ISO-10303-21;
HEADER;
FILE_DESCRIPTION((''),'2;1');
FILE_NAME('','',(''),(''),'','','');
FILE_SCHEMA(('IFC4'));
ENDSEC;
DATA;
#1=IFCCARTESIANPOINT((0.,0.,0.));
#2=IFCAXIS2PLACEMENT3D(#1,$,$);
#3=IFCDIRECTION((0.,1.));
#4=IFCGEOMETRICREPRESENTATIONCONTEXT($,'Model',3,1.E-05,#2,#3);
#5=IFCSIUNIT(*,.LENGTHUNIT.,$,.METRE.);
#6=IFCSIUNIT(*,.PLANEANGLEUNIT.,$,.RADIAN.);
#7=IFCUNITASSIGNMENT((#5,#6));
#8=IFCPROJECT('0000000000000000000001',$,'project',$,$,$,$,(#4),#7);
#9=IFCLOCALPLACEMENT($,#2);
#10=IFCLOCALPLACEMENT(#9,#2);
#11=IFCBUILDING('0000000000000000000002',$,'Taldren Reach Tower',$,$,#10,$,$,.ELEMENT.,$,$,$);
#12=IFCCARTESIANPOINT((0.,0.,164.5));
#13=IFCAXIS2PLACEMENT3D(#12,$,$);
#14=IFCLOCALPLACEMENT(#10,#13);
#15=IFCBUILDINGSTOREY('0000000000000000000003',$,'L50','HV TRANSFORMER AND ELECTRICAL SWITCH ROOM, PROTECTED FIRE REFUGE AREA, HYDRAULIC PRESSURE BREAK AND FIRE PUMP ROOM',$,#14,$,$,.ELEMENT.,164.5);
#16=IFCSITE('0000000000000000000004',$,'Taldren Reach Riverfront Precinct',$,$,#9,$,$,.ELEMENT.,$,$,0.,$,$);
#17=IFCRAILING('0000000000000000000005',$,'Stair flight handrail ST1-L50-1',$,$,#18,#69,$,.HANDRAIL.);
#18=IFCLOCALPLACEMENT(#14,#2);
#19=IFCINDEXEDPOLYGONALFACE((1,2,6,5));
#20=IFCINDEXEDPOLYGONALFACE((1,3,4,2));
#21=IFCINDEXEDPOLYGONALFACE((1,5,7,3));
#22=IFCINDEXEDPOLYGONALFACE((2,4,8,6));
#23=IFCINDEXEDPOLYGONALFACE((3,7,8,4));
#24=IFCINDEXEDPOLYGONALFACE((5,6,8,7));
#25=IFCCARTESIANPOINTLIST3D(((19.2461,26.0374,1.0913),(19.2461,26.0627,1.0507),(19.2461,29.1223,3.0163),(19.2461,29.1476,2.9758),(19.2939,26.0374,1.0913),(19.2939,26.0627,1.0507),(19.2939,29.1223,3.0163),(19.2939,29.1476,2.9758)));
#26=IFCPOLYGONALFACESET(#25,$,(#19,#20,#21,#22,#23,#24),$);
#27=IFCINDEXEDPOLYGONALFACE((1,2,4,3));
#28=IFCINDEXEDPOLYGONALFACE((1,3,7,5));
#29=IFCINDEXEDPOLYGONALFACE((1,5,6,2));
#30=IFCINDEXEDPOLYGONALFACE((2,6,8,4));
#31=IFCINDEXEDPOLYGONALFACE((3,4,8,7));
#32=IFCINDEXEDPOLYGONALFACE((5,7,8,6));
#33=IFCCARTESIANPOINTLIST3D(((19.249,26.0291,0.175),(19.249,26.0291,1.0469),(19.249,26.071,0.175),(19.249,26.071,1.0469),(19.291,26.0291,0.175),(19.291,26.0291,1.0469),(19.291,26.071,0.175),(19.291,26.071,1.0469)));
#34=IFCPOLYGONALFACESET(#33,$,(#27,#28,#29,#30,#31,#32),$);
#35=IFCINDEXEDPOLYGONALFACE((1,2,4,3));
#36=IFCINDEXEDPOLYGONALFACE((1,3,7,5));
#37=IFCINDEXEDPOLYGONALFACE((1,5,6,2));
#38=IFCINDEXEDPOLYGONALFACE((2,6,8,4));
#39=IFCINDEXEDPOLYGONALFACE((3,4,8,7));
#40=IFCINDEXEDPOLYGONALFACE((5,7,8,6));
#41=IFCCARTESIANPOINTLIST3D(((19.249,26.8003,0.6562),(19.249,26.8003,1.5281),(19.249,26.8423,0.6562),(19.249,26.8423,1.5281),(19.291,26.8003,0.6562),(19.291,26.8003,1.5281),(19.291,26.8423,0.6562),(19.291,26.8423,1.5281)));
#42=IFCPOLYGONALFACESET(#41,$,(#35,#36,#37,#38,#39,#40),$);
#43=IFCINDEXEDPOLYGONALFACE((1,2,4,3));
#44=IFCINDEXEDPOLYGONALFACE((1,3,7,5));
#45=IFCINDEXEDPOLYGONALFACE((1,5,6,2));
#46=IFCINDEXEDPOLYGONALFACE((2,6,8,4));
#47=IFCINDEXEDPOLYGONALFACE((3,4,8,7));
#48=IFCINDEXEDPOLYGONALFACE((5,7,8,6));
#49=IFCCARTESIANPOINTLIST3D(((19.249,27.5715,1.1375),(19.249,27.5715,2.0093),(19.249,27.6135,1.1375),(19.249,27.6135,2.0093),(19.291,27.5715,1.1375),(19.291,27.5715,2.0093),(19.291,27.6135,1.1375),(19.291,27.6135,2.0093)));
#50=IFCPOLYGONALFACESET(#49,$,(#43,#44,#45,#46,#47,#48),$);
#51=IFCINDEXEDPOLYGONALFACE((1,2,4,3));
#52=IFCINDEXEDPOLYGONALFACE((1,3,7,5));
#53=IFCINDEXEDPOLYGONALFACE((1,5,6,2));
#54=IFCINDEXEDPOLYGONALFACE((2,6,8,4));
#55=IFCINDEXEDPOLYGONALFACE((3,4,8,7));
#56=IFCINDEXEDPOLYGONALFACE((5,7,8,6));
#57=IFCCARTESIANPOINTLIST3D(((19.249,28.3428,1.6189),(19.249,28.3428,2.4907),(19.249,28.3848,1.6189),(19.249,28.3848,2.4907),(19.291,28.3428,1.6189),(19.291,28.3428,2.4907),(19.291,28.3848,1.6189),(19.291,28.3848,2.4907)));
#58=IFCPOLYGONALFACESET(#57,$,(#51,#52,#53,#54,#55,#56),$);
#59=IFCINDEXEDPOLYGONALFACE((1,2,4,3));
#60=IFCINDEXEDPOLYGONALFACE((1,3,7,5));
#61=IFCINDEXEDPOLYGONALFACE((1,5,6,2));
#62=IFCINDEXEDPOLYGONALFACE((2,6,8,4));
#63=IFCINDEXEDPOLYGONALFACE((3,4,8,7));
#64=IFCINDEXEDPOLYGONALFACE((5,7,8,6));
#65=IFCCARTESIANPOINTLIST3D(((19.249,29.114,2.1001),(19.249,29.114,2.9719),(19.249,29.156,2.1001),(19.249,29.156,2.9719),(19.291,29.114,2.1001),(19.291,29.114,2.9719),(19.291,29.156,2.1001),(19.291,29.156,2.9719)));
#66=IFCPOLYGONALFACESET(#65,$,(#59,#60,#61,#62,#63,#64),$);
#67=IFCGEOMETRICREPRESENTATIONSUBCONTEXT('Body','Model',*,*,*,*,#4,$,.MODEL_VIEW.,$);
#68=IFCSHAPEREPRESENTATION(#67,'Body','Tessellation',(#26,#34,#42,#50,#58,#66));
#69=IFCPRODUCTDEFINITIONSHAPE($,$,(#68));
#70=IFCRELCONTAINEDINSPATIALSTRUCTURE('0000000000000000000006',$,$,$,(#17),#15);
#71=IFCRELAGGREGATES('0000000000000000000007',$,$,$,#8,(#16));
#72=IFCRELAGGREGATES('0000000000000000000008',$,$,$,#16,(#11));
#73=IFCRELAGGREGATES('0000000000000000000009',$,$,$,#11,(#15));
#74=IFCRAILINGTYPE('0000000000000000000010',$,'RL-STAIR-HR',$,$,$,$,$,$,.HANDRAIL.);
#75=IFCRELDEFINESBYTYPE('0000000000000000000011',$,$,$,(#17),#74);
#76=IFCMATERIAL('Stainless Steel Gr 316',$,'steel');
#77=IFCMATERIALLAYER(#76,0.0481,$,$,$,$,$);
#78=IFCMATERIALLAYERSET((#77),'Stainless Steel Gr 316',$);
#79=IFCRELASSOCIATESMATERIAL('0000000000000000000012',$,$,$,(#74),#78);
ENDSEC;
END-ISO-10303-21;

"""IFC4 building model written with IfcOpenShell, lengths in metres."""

from ifc_helpers import new_model, si_unit, direction, frame, origin, origin_2d, place, context, subcontext, project, spatial, rectangle, extrude, material, layer, layer_set, type_object, element, save


model = new_model("IFC4")

# Units and contexts
model_context = context("Model", 3, precision=1e-05, world=origin(), true_north=direction((0.0, 1.0)))
body_context = subcontext(model_context, "Body", "Model", "MODEL_VIEW")
ifc_project = project(units=[si_unit("LENGTHUNIT", "METRE"), si_unit("PLANEANGLEUNIT", "RADIAN")], contexts=[model_context])

# Site, building, storey
site_placement = place(None, origin())
site = spatial("IfcSite", under=ifc_project, at=site_placement, Name="Taldren Reach Riverfront Precinct", CompositionType="ELEMENT", RefElevation=0.0)
building_placement = place(site_placement, origin())
building = spatial("IfcBuilding", under=site, at=building_placement, Name="Taldren Reach Tower", CompositionType="ELEMENT")
storey_placement = place(building_placement, frame((0.0, 0.0, 164.5)))
storey = spatial("IfcBuildingStorey", under=building, at=storey_placement, Name="L50", Description="HV TRANSFORMER AND ELECTRICAL SWITCH ROOM, PROTECTED FIRE REFUGE AREA, HYDRAULIC PRESSURE BREAK AND FIRE PUMP ROOM", CompositionType="ELEMENT", Elevation=164.5)

# Railing
ifc_material_1 = material(Name="Stainless Steel Gr 316", Category="steel")
ifc_layer_1 = layer(ifc_material_1, 0.0481)
ifc_layer_set_1 = layer_set([ifc_layer_1], Name="Stainless Steel Gr 316")
railing_type_1 = type_object("IfcRailingType", Name="RL-STAIR-HR", PredefinedType="HANDRAIL", material=ifc_layer_set_1)
railing_1_placement = place(storey_placement, frame((19.27, 26.05, 0.175)))
element("IfcRailing", 1, at=railing_1_placement, inside=storey, type_object=railing_type_1, Name="Stair flight handrail ST1-L50-1", PredefinedType="HANDRAIL", context=body_context, shape_type="SweptSolid", body=[
    extrude(rectangle(XDim=0.0479, YDim=0.0479, at=origin_2d()), frame((0.0, 0.0, 0.896), z_axis=(0.0, 0.848375, 0.529395), x_axis=(-1.0, 0.0, 0.0)), (0.0, 0.0, 1.0), 3.6362),
    extrude(rectangle(XDim=0.042, YDim=0.042, at=origin_2d()), origin(), (0.0, 0.0, 1.0), 0.8718),
    extrude(rectangle(XDim=0.042, YDim=0.042, at=origin_2d()), frame((0.0, 0.7712, 0.4812)), (0.0, 0.0, 1.0), 0.8718),
    extrude(rectangle(XDim=0.042, YDim=0.042, at=origin_2d()), frame((0.0, 1.5425, 0.9624)), (0.0, 0.0, 1.0), 0.8718),
    extrude(rectangle(XDim=0.042, YDim=0.042, at=origin_2d()), frame((0.0, 2.3137, 1.4438)), (0.0, 0.0, 1.0), 0.8718),
    extrude(rectangle(XDim=0.042, YDim=0.042, at=origin_2d()), frame((0.0, 3.085, 1.925)), (0.0, 0.0, 1.0), 0.8718),
])

save(model, "model.ifc")
